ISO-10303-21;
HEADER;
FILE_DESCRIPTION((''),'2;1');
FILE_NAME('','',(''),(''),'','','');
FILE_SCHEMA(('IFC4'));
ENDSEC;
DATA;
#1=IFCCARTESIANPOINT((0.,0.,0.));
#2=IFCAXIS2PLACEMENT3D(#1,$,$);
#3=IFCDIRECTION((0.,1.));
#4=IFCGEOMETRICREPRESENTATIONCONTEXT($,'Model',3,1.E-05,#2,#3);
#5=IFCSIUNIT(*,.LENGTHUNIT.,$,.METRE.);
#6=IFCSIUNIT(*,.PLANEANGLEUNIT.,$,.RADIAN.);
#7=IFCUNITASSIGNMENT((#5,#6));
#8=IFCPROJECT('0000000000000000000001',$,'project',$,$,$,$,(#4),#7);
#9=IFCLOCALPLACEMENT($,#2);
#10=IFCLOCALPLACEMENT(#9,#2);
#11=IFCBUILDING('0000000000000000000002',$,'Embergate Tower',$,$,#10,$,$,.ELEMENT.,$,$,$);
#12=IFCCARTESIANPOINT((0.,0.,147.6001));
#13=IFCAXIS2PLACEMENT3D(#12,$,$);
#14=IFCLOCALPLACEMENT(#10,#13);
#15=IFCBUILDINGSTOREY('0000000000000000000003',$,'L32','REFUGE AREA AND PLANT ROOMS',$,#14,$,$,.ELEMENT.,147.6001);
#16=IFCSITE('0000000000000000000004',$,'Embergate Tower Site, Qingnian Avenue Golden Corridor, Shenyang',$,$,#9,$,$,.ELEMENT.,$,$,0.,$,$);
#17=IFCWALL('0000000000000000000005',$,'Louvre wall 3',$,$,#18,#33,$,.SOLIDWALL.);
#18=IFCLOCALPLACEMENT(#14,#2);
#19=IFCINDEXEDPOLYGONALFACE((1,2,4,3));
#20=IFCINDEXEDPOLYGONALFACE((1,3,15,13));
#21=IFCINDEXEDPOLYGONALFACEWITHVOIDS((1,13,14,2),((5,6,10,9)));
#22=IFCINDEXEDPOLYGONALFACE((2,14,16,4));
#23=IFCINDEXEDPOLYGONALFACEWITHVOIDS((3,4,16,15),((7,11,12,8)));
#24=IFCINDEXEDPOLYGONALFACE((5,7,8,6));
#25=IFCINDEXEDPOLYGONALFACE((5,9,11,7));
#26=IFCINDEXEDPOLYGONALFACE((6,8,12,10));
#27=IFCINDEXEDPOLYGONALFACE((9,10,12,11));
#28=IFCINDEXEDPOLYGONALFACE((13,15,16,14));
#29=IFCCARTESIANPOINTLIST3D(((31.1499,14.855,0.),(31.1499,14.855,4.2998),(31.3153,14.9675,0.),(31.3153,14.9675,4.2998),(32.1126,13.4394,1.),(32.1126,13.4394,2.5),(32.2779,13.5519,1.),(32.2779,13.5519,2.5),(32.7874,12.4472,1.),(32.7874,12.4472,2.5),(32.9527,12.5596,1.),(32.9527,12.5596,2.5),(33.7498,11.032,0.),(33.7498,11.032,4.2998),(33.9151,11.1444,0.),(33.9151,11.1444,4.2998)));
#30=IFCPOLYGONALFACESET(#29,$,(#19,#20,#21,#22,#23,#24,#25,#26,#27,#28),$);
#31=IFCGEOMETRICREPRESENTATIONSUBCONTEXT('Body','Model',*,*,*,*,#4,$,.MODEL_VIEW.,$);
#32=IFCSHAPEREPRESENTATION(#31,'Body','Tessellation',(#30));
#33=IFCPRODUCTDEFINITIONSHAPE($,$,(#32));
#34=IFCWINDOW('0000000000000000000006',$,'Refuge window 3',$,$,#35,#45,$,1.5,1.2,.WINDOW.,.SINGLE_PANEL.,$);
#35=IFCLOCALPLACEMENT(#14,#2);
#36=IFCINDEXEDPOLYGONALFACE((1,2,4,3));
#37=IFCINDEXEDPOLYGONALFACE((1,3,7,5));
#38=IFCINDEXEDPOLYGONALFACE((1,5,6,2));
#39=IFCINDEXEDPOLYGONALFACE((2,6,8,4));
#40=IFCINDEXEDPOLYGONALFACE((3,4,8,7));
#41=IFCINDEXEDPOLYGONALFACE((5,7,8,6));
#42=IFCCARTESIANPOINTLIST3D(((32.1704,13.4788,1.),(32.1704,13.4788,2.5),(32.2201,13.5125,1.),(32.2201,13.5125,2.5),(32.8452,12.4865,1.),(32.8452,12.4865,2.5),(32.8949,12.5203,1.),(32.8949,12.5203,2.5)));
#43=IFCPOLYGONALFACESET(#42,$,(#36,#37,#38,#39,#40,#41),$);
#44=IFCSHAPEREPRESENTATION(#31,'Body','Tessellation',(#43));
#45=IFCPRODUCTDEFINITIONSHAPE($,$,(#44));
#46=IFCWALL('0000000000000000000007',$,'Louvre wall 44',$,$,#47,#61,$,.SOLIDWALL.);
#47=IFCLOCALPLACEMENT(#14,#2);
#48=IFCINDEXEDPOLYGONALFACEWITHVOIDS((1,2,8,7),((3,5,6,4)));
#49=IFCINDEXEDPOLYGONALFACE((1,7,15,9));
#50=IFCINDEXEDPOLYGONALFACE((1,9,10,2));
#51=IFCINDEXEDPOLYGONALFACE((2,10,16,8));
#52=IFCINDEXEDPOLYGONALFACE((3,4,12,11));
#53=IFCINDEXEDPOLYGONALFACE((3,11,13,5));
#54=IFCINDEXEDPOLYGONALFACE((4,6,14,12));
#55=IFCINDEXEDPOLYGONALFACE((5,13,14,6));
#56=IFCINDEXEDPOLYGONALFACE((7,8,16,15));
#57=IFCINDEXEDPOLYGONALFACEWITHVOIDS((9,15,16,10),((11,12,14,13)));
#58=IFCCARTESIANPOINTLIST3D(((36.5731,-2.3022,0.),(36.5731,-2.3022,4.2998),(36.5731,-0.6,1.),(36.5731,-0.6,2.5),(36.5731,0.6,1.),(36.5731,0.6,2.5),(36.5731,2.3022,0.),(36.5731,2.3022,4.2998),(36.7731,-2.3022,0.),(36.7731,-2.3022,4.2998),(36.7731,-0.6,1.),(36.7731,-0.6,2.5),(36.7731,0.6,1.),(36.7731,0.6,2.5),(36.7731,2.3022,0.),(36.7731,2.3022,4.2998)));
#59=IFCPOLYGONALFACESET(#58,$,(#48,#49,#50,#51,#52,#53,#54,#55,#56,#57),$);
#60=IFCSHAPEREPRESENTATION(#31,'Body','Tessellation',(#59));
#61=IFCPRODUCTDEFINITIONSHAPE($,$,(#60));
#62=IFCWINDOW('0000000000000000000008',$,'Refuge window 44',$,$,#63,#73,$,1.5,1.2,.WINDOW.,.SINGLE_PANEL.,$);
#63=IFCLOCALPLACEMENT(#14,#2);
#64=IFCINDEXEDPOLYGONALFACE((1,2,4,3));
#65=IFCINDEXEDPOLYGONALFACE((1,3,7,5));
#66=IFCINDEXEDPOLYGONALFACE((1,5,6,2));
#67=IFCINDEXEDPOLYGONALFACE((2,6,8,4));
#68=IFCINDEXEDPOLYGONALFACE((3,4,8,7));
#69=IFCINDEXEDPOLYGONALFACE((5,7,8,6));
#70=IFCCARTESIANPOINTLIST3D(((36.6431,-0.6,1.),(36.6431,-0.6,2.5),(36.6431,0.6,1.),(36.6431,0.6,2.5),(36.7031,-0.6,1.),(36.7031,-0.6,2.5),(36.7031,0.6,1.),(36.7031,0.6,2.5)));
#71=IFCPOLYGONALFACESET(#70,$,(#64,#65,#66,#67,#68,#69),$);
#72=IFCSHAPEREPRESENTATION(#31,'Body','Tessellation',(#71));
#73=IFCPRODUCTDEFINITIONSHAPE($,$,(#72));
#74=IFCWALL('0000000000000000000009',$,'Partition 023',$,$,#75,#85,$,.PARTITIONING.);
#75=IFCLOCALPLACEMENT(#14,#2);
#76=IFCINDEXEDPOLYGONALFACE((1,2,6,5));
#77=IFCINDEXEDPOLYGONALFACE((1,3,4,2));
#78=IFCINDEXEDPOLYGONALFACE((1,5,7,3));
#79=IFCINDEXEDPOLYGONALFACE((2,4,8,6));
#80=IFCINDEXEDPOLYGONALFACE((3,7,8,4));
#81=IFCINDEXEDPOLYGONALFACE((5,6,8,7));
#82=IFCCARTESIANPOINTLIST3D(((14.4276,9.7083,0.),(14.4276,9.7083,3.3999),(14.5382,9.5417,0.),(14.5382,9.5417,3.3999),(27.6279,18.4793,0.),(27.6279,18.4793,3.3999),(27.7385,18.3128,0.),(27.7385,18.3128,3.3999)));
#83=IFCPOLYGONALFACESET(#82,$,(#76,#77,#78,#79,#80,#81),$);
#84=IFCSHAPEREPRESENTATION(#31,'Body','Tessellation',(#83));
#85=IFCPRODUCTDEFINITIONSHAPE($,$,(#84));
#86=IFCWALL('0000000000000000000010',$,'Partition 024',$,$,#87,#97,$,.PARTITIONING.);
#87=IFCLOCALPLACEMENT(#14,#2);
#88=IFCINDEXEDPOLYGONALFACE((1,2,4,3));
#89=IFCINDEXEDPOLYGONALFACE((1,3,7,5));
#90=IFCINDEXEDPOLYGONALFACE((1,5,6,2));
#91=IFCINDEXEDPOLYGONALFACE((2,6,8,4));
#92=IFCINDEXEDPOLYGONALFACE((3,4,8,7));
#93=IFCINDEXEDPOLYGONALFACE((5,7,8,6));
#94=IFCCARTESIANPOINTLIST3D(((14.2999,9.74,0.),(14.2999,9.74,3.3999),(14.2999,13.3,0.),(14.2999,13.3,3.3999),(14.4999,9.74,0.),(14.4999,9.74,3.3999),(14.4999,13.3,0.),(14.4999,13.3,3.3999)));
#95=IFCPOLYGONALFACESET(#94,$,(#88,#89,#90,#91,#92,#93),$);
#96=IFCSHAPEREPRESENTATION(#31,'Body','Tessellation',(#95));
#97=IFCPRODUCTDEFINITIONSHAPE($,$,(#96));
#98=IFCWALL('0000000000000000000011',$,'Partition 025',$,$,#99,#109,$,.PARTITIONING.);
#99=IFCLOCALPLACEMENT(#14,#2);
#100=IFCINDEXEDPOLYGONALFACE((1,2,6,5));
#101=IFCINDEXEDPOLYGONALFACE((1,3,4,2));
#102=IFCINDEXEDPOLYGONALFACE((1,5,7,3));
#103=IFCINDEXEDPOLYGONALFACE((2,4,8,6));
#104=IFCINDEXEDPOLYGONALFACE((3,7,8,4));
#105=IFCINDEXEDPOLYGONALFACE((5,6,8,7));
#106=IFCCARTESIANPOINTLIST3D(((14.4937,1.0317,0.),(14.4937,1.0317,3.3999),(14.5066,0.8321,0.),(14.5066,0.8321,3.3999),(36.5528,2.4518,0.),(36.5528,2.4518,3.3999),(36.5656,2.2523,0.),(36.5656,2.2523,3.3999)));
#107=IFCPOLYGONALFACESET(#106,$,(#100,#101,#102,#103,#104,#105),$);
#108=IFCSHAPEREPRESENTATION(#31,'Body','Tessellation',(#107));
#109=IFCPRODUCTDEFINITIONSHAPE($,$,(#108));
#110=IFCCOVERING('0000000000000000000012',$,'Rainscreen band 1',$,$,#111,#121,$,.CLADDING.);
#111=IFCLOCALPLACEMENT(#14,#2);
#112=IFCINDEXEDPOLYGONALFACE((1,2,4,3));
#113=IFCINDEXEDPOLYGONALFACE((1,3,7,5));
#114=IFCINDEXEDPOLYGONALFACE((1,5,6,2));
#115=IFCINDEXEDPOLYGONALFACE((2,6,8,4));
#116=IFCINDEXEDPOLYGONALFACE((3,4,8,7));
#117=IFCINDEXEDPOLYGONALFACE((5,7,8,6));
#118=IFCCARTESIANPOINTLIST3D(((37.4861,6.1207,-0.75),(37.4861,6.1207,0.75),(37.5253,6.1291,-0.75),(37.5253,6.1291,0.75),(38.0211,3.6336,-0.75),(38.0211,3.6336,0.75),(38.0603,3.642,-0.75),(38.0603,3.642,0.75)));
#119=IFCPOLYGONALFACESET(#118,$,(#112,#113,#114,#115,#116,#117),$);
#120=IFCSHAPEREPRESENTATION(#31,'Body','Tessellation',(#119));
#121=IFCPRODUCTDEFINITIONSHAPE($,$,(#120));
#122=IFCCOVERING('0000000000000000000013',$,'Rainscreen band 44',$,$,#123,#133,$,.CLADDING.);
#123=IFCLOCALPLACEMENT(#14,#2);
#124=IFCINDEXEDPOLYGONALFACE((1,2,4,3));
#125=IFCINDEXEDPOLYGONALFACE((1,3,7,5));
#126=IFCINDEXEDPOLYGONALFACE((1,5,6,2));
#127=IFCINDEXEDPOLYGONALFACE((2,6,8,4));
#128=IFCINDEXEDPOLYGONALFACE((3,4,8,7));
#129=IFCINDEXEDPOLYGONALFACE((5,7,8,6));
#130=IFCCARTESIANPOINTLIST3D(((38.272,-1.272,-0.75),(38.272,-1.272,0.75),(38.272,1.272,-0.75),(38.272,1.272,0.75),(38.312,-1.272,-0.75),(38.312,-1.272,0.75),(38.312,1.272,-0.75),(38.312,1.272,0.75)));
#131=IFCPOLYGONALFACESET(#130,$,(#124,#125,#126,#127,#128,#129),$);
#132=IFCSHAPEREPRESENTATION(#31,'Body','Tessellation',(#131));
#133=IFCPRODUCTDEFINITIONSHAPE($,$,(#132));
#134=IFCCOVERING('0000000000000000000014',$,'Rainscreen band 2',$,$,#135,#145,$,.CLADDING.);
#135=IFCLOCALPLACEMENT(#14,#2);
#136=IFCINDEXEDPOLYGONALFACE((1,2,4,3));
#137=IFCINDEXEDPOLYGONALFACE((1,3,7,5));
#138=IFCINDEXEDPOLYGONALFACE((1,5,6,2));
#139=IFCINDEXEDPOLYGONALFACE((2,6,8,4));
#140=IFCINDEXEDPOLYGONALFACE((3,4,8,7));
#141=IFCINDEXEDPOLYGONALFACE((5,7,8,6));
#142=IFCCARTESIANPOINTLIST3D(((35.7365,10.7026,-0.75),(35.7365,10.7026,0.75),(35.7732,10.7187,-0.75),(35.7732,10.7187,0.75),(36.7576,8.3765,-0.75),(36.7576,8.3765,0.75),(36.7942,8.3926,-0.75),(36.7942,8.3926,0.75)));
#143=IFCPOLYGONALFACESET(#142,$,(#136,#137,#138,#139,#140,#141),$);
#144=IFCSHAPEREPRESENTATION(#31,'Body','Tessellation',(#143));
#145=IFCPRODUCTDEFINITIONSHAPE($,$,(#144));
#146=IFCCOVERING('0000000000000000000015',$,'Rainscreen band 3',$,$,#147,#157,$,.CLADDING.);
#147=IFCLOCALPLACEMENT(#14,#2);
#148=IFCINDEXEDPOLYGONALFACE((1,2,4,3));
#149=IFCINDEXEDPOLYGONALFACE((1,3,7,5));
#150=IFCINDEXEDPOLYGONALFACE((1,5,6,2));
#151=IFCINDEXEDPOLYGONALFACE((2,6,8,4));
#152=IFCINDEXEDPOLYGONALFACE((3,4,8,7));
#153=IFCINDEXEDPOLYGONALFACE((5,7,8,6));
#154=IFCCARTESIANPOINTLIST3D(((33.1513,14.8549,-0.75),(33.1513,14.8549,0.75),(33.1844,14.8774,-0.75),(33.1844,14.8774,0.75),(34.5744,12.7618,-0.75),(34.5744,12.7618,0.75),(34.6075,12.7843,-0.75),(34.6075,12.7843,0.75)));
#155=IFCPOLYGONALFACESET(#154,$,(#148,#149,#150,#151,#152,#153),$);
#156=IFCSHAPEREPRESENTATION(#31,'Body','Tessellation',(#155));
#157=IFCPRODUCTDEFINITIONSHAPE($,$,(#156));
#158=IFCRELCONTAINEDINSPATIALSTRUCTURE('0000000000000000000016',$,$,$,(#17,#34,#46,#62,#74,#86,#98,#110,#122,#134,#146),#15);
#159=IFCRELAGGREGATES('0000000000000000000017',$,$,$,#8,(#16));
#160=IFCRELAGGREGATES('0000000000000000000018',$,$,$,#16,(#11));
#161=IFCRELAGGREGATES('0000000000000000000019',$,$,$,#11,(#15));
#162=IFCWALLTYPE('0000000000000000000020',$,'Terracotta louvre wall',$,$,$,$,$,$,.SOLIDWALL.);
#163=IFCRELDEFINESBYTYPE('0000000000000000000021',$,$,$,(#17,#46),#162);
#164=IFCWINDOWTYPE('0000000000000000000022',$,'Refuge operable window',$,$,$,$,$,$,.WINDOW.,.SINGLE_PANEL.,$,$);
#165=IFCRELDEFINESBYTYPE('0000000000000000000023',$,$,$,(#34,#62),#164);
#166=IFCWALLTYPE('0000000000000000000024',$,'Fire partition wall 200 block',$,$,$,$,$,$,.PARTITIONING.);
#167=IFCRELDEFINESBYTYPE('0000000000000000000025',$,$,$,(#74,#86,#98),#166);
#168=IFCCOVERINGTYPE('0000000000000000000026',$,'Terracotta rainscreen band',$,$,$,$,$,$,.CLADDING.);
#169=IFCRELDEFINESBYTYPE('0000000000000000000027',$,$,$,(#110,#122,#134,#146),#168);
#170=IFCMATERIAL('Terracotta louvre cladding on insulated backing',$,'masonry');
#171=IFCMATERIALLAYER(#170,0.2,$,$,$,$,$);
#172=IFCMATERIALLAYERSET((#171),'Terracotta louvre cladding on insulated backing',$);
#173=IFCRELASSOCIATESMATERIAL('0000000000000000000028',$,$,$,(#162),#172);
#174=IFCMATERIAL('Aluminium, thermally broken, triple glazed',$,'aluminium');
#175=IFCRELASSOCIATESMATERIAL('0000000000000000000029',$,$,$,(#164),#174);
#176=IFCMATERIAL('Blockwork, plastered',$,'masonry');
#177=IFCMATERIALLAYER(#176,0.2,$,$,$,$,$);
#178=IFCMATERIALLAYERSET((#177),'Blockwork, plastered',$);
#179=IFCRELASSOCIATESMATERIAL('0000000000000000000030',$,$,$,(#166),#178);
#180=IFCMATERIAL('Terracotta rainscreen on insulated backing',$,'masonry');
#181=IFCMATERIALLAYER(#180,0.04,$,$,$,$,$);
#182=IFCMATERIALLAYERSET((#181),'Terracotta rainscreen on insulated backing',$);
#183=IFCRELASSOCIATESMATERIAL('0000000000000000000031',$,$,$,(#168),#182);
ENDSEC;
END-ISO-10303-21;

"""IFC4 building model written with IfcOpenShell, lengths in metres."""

from ifc_helpers import new_model, si_unit, direction, frame, frame_2d, origin, origin_2d, place, context, subcontext, project, spatial, rectangle, extrude, source, transform, mapped, material, layer, layer_set, type_object, element, fill, save


model = new_model("IFC4")

# Units and contexts
model_context = context("Model", 3, precision=1e-05, world=origin(), true_north=direction((0.0, 1.0)))
body_context = subcontext(model_context, "Body", "Model", "MODEL_VIEW")
ifc_project = project(units=[si_unit("LENGTHUNIT", "METRE"), si_unit("PLANEANGLEUNIT", "RADIAN")], contexts=[model_context])

# Site, building, storey
site_placement = place(None, origin())
site = spatial("IfcSite", under=ifc_project, at=site_placement, Name="Embergate Tower Site, Qingnian Avenue Golden Corridor, Shenyang", CompositionType="ELEMENT", RefElevation=0.0)
building_placement = place(site_placement, origin())
building = spatial("IfcBuilding", under=site, at=building_placement, Name="Embergate Tower", CompositionType="ELEMENT")
storey_placement = place(building_placement, frame((0.0, 0.0, 147.6001)))
storey = spatial("IfcBuildingStorey", under=building, at=storey_placement, Name="L32", Description="REFUGE AREA AND PLANT ROOMS", CompositionType="ELEMENT", Elevation=147.6001)

# Walls, openings, windows
ifc_material_1 = material(Name="Terracotta louvre cladding on insulated backing", Category="masonry")
ifc_layer_1 = layer(ifc_material_1, 0.2)
ifc_layer_set_1 = layer_set([ifc_layer_1], Name="Terracotta louvre cladding on insulated backing")
wall_type_1 = type_object("IfcWallType", Name="Terracotta louvre wall", PredefinedType="SOLIDWALL", material=ifc_layer_set_1)
shared_shape_1 = source(origin(), body_context, "Body", "SweptSolid", [
    extrude(rectangle(XDim=1.2, YDim=1.5, at=frame_2d((0.6001, 0.75))), frame((0.0, 0.1099, 0.0), z_axis=(0.0, -1.0, 0.0), x_axis=(1.0, 0.0, 0.0)), (0.0, 0.0, 1.0), 0.22),
])
ifc_material_2 = material(Name="Aluminium, thermally broken, triple glazed", Category="aluminium")
window_type = type_object("IfcWindowType", Name="Refuge operable window", PartitioningType="SINGLE_PANEL", PredefinedType="WINDOW", material=ifc_material_2)
shared_shape_2 = source(origin(), body_context, "Body", "SweptSolid", [
    extrude(rectangle(XDim=1.2, YDim=1.5, at=frame_2d((0.6001, 0.75))), frame((0.0, 0.03, 0.0), z_axis=(0.0, -1.0, 0.0), x_axis=(1.0, 0.0, 0.0)), (0.0, 0.0, 1.0), 0.0601),
])
shared_shape_3 = source(origin(), body_context, "Body", "SweptSolid", [
    extrude(rectangle(XDim=4.6233, YDim=0.2, at=frame_2d((2.3115, 0.0))), origin(), (0.0, 0.0, 1.0), 4.2998),
])
wall_1_placement = place(storey_placement, frame((31.2327, 14.9111, 0.0), z_axis=(0.0, 0.0, 1.0), x_axis=(0.562342, -0.826905, 0.0)))
wall_1 = element("IfcWall", 1, at=wall_1_placement, inside=storey, type_object=wall_type_1, Name="Louvre wall 3", PredefinedType="SOLIDWALL", context=body_context, shape_type="MappedRepresentation", body=[
    mapped(shared_shape_3, transform((0.0, 0.0, 0.0))),
])
opening_1_placement = place(wall_1_placement, frame((1.7117, 0.0, 1.0)))
opening_1 = element("IfcOpeningElement", 2, at=opening_1_placement, cuts=wall_1, PredefinedType="OPENING", context=body_context, shape_type="MappedRepresentation", body=[
    mapped(shared_shape_1, transform((0.0, 0.0, 0.0))),
])
window_1_placement = place(opening_1_placement, origin())
window_1 = element("IfcWindow", 3, at=window_1_placement, inside=storey, type_object=window_type, Name="Refuge window 3", OverallHeight=1.5, OverallWidth=1.2, PartitioningType="SINGLE_PANEL", PredefinedType="WINDOW", context=body_context, shape_type="MappedRepresentation", body=[
    mapped(shared_shape_2, transform((0.0, 0.0, 0.0))),
])
fill(opening_1, window_1)
shared_shape_4 = source(origin(), body_context, "Body", "SweptSolid", [
    extrude(rectangle(XDim=4.6045, YDim=0.2, at=frame_2d((2.3022, 0.0))), origin(), (0.0, 0.0, 1.0), 4.2998),
])
wall_2_placement = place(storey_placement, frame((36.6731, 2.3022, 0.0), z_axis=(0.0, 0.0, 1.0), x_axis=(0.0, -1.0, 0.0)))
wall_2 = element("IfcWall", 4, at=wall_2_placement, inside=storey, type_object=wall_type_1, Name="Louvre wall 44", PredefinedType="SOLIDWALL", context=body_context, shape_type="MappedRepresentation", body=[
    mapped(shared_shape_4, transform((0.0, 0.0, 0.0))),
])
opening_2_placement = place(wall_2_placement, frame((1.7021, 0.0, 1.0)))
opening_2 = element("IfcOpeningElement", 5, at=opening_2_placement, cuts=wall_2, PredefinedType="OPENING", context=body_context, shape_type="MappedRepresentation", body=[
    mapped(shared_shape_1, transform((0.0, 0.0, 0.0))),
])
window_2_placement = place(opening_2_placement, origin())
window_2 = element("IfcWindow", 6, at=window_2_placement, inside=storey, type_object=window_type, Name="Refuge window 44", OverallHeight=1.5, OverallWidth=1.2, PartitioningType="SINGLE_PANEL", PredefinedType="WINDOW", context=body_context, shape_type="MappedRepresentation", body=[
    mapped(shared_shape_2, transform((0.0, 0.0, 0.0))),
])
fill(opening_2, window_2)

# Shared definitions
ifc_material_3 = material(Name="Blockwork, plastered", Category="masonry")
ifc_layer_2 = layer(ifc_material_3, 0.2)
ifc_layer_set_2 = layer_set([ifc_layer_2], Name="Blockwork, plastered")
wall_type_2 = type_object("IfcWallType", Name="Fire partition wall 200 block", PredefinedType="PARTITIONING", material=ifc_layer_set_2)

# Walls
shared_shape_5 = source(origin(), body_context, "Body", "SweptSolid", [
    extrude(rectangle(XDim=15.8486, YDim=0.2, at=frame_2d((7.9243, 0.0))), origin(), (0.0, 0.0, 1.0), 3.3999),
])
wall_3_placement = place(storey_placement, frame((14.4829, 9.625, 0.0), z_axis=(0.0, 0.0, 1.0), x_axis=(0.832898, 0.553427, 0.0)))
element("IfcWall", 7, at=wall_3_placement, inside=storey, type_object=wall_type_2, Name="Partition 023", PredefinedType="PARTITIONING", context=body_context, shape_type="MappedRepresentation", body=[
    mapped(shared_shape_5, transform((0.0, 0.0, 0.0))),
])
shared_shape_6 = source(origin(), body_context, "Body", "SweptSolid", [
    extrude(rectangle(XDim=3.5601, YDim=0.2, at=frame_2d((1.78, 0.0))), origin(), (0.0, 0.0, 1.0), 3.3999),
])
wall_4_placement = place(storey_placement, frame((14.3999, 13.3, 0.0), z_axis=(0.0, 0.0, 1.0), x_axis=(0.0, -1.0, 0.0)))
element("IfcWall", 8, at=wall_4_placement, inside=storey, type_object=wall_type_2, Name="Partition 024", PredefinedType="PARTITIONING", context=body_context, shape_type="MappedRepresentation", body=[
    mapped(shared_shape_6, transform((0.0, 0.0, 0.0))),
])
shared_shape_7 = source(origin(), body_context, "Body", "SweptSolid", [
    extrude(rectangle(XDim=22.1047, YDim=0.2, at=frame_2d((11.0522, 0.0))), origin(), (0.0, 0.0, 1.0), 3.3999),
])
wall_5_placement = place(storey_placement, frame((36.5591, 2.3521, 0.0), z_axis=(0.0, 0.0, 1.0), x_axis=(-0.997934, -0.064247, 0.0)))
element("IfcWall", 9, at=wall_5_placement, inside=storey, type_object=wall_type_2, Name="Partition 025", PredefinedType="PARTITIONING", context=body_context, shape_type="MappedRepresentation", body=[
    mapped(shared_shape_7, transform((0.0, 0.0, 0.0))),
])

# Coverings
ifc_material_4 = material(Name="Terracotta rainscreen on insulated backing", Category="masonry")
ifc_layer_3 = layer(ifc_material_4, 0.04)
ifc_layer_set_3 = layer_set([ifc_layer_3], Name="Terracotta rainscreen on insulated backing")
covering_type = type_object("IfcCoveringType", Name="Terracotta rainscreen band", PredefinedType="CLADDING", material=ifc_layer_set_3)
shared_shape_8 = source(origin(), body_context, "Body", "SweptSolid", [
    extrude(rectangle(XDim=2.5439, YDim=0.04, at=origin_2d()), origin(), (0.0, 0.0, 1.0), 1.5),
])
for number, where, z_axis, x_axis, name in (
    (10, (37.7732, 4.8813, -0.75), (0.0, 0.0, 1.0), (-0.210308, 0.977635, 0.0), "Rainscreen band 1"),
    (11, (38.292, 0.0, -0.75), (0.0, 0.0, 1.0), (0.0, 1.0, 0.0), "Rainscreen band 44"),
):
    element("IfcCovering", number, at=place(storey_placement, frame(where, z_axis=z_axis, x_axis=x_axis)), inside=storey, type_object=covering_type, Name=name, PredefinedType="CLADDING", context=body_context, shape_type="MappedRepresentation", body=[
        mapped(shared_shape_8, transform((0.0, 0.0, 0.0))),
    ])
shared_shape_9 = source(origin(), body_context, "Body", "SweptSolid", [
    extrude(rectangle(XDim=2.5403, YDim=0.04, at=origin_2d()), origin(), (0.0, 0.0, 1.0), 1.5),
])
covering_1_placement = place(storey_placement, frame((36.2654, 9.5476, -0.75), z_axis=(0.0, 0.0, 1.0), x_axis=(-0.401933, 0.915669, 0.0)))
element("IfcCovering", 12, at=covering_1_placement, inside=storey, type_object=covering_type, Name="Rainscreen band 2", PredefinedType="CLADDING", context=body_context, shape_type="MappedRepresentation", body=[
    mapped(shared_shape_9, transform((0.0, 0.0, 0.0))),
])
shared_shape_10 = source(origin(), body_context, "Body", "SweptSolid", [
    extrude(rectangle(XDim=2.531, YDim=0.04, at=origin_2d()), origin(), (0.0, 0.0, 1.0), 1.5),
])
covering_2_placement = place(storey_placement, frame((33.8794, 13.8196, -0.75), z_axis=(0.0, 0.0, 1.0), x_axis=(-0.562245, 0.826971, 0.0)))
element("IfcCovering", 13, at=covering_2_placement, inside=storey, type_object=covering_type, Name="Rainscreen band 3", PredefinedType="CLADDING", context=body_context, shape_type="MappedRepresentation", body=[
    mapped(shared_shape_10, transform((0.0, 0.0, 0.0))),
])

save(model, "model.ifc")
